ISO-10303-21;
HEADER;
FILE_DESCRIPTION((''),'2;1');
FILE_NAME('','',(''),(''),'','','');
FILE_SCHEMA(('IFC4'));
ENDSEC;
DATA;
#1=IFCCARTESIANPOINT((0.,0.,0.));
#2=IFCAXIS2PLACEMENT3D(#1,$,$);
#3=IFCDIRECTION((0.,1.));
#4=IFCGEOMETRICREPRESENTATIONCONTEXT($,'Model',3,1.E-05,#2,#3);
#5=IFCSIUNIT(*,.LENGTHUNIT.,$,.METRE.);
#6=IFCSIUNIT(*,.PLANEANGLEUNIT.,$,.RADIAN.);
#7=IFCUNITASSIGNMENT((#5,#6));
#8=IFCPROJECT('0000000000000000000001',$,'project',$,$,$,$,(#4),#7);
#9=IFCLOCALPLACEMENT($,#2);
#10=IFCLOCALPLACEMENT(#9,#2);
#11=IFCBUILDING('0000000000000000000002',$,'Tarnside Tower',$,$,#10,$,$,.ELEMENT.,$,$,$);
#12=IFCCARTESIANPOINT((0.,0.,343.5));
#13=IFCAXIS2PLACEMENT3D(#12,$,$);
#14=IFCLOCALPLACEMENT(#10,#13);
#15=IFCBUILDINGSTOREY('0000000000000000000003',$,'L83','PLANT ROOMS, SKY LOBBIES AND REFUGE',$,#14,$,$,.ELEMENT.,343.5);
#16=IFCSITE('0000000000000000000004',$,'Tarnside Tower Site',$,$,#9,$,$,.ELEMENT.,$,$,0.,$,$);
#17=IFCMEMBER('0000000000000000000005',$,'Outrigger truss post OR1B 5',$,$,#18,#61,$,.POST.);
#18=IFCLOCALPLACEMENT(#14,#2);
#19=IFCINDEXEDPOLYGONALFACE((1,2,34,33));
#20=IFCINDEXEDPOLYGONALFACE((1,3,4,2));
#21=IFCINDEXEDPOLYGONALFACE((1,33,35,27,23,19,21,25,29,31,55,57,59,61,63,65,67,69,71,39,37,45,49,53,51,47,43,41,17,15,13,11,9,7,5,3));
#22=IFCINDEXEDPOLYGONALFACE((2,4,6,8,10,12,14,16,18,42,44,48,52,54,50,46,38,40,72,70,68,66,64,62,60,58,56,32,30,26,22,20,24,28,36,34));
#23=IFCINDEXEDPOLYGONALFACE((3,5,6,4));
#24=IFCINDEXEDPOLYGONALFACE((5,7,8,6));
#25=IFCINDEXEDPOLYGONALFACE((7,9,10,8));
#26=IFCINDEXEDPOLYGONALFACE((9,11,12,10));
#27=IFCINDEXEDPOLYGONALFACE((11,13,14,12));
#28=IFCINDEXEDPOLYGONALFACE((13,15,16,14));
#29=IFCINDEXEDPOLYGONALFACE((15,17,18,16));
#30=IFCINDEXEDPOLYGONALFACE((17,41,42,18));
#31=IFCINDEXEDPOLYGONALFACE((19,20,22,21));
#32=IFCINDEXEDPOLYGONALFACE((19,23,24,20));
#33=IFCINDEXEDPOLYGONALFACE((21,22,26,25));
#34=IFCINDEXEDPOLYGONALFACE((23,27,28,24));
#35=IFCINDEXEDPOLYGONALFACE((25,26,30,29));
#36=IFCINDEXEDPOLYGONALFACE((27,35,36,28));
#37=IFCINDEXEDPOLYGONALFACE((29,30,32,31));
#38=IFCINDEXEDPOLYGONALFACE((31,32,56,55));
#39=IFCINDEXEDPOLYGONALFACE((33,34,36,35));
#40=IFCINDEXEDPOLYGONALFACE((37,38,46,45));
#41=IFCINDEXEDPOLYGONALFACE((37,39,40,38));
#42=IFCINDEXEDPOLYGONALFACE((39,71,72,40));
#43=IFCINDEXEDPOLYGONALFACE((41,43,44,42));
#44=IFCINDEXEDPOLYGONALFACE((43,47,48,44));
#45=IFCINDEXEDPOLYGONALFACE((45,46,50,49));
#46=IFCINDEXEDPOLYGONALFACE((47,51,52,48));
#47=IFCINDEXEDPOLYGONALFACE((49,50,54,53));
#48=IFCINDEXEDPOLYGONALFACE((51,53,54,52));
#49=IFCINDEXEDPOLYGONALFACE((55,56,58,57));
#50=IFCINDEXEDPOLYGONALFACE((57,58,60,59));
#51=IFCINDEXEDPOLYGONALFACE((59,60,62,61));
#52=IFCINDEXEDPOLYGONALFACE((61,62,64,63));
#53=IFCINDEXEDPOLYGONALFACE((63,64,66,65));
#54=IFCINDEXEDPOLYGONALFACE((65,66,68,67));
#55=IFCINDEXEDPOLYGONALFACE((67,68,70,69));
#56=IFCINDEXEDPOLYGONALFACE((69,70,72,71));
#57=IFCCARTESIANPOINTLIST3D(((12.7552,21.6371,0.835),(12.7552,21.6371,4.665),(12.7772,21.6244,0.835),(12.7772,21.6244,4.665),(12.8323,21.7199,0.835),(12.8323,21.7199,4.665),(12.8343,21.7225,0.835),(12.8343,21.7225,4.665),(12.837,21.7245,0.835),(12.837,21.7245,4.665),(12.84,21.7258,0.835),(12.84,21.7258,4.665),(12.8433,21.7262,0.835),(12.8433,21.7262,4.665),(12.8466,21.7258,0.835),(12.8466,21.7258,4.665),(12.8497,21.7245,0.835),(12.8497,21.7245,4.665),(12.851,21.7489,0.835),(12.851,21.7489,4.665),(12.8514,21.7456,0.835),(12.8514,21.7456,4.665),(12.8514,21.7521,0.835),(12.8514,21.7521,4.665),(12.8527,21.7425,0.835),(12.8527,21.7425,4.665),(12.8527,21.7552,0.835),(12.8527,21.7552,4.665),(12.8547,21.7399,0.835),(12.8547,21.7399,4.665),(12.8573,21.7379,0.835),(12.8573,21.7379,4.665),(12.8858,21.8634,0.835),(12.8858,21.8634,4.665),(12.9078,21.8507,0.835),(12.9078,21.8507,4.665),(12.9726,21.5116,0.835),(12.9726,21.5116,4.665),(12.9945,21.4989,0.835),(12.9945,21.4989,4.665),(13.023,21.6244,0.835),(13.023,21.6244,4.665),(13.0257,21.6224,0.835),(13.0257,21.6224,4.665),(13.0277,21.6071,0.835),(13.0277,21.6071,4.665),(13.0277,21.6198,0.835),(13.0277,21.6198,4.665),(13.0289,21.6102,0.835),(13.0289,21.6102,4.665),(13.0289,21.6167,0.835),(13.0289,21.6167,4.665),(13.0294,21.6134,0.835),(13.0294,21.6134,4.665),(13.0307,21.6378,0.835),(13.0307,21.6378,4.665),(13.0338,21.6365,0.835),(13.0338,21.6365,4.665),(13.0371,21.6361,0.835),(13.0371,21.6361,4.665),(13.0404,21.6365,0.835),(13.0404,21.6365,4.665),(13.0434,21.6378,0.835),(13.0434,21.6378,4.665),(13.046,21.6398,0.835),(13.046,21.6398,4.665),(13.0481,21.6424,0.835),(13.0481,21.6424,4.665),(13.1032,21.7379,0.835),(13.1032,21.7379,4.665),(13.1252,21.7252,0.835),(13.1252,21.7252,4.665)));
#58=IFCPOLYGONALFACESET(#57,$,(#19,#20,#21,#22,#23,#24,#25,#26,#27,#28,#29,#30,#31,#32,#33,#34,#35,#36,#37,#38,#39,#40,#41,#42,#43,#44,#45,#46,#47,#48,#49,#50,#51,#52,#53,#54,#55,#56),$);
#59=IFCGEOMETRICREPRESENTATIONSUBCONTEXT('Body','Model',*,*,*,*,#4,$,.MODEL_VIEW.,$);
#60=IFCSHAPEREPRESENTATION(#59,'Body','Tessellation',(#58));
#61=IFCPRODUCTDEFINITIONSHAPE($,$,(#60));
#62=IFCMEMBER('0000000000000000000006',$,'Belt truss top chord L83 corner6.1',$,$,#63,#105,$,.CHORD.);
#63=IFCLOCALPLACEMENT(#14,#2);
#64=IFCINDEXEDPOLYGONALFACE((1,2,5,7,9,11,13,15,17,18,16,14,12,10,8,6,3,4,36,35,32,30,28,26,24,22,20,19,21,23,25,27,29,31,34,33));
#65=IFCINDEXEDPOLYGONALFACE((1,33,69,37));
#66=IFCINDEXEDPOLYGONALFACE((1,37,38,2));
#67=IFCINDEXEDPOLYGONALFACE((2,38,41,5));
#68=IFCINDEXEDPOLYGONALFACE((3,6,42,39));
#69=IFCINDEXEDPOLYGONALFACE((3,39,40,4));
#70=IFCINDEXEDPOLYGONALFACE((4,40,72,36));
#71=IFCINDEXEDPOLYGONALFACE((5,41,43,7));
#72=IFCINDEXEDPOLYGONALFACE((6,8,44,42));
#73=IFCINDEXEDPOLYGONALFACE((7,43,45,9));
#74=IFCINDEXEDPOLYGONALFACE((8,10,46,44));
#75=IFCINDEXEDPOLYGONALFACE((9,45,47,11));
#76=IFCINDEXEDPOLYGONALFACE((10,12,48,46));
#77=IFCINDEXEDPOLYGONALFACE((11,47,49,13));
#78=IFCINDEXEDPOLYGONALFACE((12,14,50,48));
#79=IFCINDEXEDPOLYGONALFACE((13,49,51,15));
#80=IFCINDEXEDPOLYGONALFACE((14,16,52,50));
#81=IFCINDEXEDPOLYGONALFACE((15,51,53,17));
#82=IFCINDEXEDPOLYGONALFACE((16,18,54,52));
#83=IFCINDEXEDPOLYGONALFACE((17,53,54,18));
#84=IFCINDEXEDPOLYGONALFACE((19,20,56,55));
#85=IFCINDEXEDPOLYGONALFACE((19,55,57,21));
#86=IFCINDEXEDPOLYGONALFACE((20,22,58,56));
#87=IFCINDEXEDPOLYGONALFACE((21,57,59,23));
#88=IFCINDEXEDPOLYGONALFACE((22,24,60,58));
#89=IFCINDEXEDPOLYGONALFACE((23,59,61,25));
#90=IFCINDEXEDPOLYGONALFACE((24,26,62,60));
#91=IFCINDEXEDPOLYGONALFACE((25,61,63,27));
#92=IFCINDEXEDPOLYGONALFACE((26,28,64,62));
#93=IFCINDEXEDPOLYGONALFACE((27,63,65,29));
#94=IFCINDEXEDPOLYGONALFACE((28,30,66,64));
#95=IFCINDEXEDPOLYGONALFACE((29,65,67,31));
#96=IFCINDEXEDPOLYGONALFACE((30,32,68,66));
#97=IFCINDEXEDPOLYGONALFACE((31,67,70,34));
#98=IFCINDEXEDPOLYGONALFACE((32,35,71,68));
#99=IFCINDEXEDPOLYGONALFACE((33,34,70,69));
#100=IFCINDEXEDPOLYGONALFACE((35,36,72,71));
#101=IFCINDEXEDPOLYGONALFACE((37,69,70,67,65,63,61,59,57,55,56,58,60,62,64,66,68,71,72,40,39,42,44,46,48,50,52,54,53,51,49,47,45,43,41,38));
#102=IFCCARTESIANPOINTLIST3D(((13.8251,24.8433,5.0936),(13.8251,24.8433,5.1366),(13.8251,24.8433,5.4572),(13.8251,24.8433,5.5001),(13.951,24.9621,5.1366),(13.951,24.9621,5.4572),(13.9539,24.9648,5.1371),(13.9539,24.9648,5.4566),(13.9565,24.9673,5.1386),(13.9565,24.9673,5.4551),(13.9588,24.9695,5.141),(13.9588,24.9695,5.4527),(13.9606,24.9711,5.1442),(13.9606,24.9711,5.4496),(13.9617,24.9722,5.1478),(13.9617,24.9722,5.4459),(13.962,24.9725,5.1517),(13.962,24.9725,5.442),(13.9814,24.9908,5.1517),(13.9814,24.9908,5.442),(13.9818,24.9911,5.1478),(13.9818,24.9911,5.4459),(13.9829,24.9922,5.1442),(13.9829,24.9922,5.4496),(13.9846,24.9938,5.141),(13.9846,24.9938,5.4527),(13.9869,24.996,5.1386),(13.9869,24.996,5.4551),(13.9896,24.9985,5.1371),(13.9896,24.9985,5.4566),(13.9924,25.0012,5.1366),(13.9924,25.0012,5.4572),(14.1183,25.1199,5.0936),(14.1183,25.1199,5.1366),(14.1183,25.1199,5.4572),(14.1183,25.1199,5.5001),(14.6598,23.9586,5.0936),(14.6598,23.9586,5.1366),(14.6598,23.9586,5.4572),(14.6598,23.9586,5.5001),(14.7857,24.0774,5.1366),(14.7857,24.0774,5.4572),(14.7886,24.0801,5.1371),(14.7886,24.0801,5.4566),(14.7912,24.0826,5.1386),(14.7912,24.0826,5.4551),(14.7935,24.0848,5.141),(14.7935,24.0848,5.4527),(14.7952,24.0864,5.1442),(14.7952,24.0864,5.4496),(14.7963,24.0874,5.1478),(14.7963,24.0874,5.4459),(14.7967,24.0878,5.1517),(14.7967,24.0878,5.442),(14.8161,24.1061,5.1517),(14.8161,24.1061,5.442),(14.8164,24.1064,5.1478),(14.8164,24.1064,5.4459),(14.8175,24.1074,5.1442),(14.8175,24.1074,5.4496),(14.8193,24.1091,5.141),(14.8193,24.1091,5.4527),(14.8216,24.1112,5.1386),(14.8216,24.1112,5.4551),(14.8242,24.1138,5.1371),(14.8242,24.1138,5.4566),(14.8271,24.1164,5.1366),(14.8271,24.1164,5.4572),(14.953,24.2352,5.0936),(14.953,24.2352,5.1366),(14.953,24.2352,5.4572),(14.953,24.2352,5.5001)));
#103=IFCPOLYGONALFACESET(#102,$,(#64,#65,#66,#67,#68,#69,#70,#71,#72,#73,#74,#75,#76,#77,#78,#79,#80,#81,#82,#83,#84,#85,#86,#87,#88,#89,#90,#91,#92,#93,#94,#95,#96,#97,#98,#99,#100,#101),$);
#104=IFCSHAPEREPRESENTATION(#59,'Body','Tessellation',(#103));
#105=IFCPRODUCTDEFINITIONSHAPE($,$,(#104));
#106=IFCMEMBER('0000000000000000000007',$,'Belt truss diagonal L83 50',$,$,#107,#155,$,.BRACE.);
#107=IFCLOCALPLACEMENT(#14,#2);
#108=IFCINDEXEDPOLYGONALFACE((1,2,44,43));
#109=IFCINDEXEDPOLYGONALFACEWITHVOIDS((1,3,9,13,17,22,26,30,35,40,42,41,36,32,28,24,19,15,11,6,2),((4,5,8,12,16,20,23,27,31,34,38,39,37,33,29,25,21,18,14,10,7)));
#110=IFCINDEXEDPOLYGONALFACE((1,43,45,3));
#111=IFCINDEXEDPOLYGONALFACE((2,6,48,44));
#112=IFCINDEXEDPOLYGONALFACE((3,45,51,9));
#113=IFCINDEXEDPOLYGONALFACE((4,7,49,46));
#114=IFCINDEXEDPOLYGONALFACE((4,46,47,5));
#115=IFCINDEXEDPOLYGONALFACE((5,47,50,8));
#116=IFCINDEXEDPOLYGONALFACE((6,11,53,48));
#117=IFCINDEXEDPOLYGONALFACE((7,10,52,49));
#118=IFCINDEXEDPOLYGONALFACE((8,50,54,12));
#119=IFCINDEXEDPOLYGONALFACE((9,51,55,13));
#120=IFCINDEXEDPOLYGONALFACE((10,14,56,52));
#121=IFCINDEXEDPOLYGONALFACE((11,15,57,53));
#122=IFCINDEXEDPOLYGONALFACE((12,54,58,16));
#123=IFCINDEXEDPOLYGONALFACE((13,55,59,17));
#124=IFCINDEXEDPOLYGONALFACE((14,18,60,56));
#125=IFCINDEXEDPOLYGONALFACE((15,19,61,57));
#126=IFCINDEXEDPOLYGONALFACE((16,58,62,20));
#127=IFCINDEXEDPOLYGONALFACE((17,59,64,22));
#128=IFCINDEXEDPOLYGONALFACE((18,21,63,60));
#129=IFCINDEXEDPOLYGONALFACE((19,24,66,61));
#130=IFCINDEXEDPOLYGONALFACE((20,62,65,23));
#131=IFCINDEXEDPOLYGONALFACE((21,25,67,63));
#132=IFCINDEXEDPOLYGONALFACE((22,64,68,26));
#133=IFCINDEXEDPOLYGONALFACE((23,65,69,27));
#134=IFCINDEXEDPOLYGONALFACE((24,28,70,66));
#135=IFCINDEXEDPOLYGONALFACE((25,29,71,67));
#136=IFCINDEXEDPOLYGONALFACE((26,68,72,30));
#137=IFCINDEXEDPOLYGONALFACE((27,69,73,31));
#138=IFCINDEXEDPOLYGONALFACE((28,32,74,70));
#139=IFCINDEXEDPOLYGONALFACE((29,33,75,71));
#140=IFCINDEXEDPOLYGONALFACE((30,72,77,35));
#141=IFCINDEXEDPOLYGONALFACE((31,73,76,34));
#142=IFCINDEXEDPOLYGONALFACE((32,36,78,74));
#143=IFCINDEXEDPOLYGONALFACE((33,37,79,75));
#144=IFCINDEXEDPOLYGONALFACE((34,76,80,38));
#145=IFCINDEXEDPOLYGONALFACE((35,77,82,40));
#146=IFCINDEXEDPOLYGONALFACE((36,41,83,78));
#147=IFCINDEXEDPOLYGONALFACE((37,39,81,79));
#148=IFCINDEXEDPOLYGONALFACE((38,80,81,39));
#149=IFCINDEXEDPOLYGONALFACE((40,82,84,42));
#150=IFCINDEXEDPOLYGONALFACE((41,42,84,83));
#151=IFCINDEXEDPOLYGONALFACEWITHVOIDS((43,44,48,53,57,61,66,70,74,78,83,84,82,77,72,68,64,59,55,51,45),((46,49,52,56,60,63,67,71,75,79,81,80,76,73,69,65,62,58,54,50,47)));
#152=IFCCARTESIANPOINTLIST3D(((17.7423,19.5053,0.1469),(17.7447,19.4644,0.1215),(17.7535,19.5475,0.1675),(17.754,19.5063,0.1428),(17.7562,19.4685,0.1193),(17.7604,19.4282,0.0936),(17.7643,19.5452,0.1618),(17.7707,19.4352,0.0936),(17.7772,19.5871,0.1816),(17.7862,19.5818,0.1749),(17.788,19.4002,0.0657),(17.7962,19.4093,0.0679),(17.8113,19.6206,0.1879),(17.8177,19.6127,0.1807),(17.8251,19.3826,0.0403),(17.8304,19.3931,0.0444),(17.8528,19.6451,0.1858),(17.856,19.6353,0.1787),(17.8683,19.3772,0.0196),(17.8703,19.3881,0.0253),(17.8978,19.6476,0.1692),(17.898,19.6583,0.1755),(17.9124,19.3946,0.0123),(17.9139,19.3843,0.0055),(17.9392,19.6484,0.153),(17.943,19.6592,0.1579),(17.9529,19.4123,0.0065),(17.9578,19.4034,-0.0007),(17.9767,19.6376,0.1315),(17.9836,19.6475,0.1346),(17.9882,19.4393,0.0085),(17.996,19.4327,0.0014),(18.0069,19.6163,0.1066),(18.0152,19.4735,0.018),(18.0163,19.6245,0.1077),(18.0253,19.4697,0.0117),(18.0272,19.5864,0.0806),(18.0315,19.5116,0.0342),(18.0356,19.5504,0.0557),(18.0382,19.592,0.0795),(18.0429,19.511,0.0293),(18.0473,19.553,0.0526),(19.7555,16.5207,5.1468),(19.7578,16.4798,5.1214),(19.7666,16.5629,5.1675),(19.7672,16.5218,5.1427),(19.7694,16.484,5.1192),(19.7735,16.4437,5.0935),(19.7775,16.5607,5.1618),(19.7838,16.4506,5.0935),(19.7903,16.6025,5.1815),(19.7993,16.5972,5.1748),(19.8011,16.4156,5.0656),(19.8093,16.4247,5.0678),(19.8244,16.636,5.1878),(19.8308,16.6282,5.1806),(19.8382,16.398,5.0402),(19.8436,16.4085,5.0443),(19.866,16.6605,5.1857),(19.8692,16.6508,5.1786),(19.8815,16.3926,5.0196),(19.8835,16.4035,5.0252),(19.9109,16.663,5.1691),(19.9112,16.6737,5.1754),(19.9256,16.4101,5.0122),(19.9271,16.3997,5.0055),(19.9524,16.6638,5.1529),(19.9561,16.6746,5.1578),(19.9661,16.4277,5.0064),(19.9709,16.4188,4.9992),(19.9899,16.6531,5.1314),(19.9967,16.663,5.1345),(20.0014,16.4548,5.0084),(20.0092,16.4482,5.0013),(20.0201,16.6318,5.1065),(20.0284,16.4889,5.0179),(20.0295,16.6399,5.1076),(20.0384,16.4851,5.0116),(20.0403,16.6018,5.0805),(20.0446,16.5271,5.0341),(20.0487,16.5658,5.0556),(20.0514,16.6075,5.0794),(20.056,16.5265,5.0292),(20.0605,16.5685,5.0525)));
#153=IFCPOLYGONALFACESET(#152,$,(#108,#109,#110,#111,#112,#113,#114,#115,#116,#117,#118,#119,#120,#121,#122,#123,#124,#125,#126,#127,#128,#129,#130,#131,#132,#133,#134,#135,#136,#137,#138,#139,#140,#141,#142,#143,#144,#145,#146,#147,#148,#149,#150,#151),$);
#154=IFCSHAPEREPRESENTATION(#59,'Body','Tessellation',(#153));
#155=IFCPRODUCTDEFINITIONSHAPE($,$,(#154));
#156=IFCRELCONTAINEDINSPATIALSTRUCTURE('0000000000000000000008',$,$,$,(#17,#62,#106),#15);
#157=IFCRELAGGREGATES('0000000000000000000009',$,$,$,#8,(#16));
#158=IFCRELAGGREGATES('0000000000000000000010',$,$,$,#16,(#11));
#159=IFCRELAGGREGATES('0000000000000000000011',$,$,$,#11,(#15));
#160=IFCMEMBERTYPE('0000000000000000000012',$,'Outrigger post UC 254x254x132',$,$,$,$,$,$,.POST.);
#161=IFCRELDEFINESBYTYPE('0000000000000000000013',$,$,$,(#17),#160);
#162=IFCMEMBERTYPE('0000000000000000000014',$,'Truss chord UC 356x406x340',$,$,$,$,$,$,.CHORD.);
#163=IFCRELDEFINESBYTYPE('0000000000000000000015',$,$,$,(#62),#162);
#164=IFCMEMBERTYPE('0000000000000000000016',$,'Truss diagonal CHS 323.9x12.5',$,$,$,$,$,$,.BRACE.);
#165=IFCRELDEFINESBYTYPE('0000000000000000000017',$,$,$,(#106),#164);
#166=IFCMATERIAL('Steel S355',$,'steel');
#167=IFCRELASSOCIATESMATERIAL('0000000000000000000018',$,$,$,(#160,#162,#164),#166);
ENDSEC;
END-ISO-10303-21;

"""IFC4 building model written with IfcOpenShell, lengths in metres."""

from ifc_helpers import new_model, si_unit, direction, frame, origin, origin_2d, place, context, subcontext, project, spatial, hollow_circle, i_section, extrude, material, material_profile, profile_set, type_object, element, save


model = new_model("IFC4")

# Units and contexts
model_context = context("Model", 3, precision=1e-05, world=origin(), true_north=direction((0.0, 1.0)))
body_context = subcontext(model_context, "Body", "Model", "MODEL_VIEW")
ifc_project = project(units=[si_unit("LENGTHUNIT", "METRE"), si_unit("PLANEANGLEUNIT", "RADIAN")], contexts=[model_context])

# Site, building, storey
site_placement = place(None, origin())
site = spatial("IfcSite", under=ifc_project, at=site_placement, Name="Tarnside Tower Site", CompositionType="ELEMENT", RefElevation=0.0)
building_placement = place(site_placement, origin())
building = spatial("IfcBuilding", under=site, at=building_placement, Name="Tarnside Tower", CompositionType="ELEMENT")
storey_placement = place(building_placement, frame((0.0, 0.0, 343.5)))
storey = spatial("IfcBuildingStorey", under=building, at=storey_placement, Name="L83", Description="PLANT ROOMS, SKY LOBBIES AND REFUGE", CompositionType="ELEMENT", Elevation=343.5)

# Shared definitions
ifc_material_1 = material(Name="Steel S355", Category="steel")

# Members
ifc_material_profile_1 = material_profile(ifc_material_1, i_section(OverallWidth=0.2612, OverallDepth=0.2764, WebThickness=0.0154, FlangeThickness=0.0254, FilletRadius=0.0127, at=origin_2d()), Name="UC 254x254x132")
ifc_profile_set_1 = profile_set([ifc_material_profile_1], Name="Steel S355")
member_type_1 = type_object("IfcMemberType", Name="Outrigger post UC 254x254x132", PredefinedType="POST", material=ifc_profile_set_1)
member_1_placement = place(storey_placement, frame((12.9402, 21.6812, 0.835), z_axis=(0.0, 0.0, 1.0), x_axis=(0.5, 0.866025, 0.0)))
element("IfcMember", 1, at=member_1_placement, inside=storey, type_object=member_type_1, Name="Outrigger truss post OR1B 5", PredefinedType="POST", context=body_context, shape_type="SweptSolid", body=[
    extrude(i_section(OverallWidth=0.2612, OverallDepth=0.2764, WebThickness=0.0154, FlangeThickness=0.0254, FilletRadius=0.0127, at=origin_2d()), origin(), (0.0, 0.0, 1.0), 3.8301),
])
ifc_material_profile_2 = material_profile(ifc_material_1, i_section(OverallWidth=0.4031, OverallDepth=0.4065, WebThickness=0.0266, FlangeThickness=0.043, FilletRadius=0.0151, at=origin_2d()), Name="UC 356x406x340")
ifc_profile_set_2 = profile_set([ifc_material_profile_2], Name="Steel S355")
member_type_2 = type_object("IfcMemberType", Name="Truss chord UC 356x406x340", PredefinedType="CHORD", material=ifc_profile_set_2)
member_2_placement = place(storey_placement, frame((14.8064, 24.0969, 5.2969), z_axis=(-0.686234, 0.72738, 0.0), x_axis=(-0.72738, -0.686234, 0.0)))
element("IfcMember", 2, at=member_2_placement, inside=storey, type_object=member_type_2, Name="Belt truss top chord L83 corner6.1", PredefinedType="CHORD", context=body_context, shape_type="SweptSolid", body=[
    extrude(i_section(OverallWidth=0.4031, OverallDepth=0.4065, WebThickness=0.0266, FlangeThickness=0.043, FilletRadius=0.0151, at=origin_2d()), origin(), (0.0, 0.0, 1.0), 1.2163),
])
ifc_material_profile_3 = material_profile(ifc_material_1, hollow_circle(Radius=0.1619, WallThickness=0.0125, at=origin_2d()), Name="CHS 323.9x12.5")
ifc_profile_set_3 = profile_set([ifc_material_profile_3], Name="Steel S355")
member_type_3 = type_object("IfcMemberType", Name="Truss diagonal CHS 323.9x12.5", PredefinedType="BRACE", material=ifc_profile_set_3)
member_3_placement = place(storey_placement, frame((19.9077, 16.5342, 5.0935), z_axis=(-0.32675, 0.484419, -0.811525), x_axis=(-0.829033, -0.559199, 0.0)))
element("IfcMember", 3, at=member_3_placement, inside=storey, type_object=member_type_3, Name="Belt truss diagonal L83 50", PredefinedType="BRACE", context=body_context, shape_type="SweptSolid", body=[
    extrude(hollow_circle(Radius=0.1619, WallThickness=0.0125, at=origin_2d()), origin(), (0.0, 0.0, 1.0), 6.1611),
])

save(model, "model.ifc")
